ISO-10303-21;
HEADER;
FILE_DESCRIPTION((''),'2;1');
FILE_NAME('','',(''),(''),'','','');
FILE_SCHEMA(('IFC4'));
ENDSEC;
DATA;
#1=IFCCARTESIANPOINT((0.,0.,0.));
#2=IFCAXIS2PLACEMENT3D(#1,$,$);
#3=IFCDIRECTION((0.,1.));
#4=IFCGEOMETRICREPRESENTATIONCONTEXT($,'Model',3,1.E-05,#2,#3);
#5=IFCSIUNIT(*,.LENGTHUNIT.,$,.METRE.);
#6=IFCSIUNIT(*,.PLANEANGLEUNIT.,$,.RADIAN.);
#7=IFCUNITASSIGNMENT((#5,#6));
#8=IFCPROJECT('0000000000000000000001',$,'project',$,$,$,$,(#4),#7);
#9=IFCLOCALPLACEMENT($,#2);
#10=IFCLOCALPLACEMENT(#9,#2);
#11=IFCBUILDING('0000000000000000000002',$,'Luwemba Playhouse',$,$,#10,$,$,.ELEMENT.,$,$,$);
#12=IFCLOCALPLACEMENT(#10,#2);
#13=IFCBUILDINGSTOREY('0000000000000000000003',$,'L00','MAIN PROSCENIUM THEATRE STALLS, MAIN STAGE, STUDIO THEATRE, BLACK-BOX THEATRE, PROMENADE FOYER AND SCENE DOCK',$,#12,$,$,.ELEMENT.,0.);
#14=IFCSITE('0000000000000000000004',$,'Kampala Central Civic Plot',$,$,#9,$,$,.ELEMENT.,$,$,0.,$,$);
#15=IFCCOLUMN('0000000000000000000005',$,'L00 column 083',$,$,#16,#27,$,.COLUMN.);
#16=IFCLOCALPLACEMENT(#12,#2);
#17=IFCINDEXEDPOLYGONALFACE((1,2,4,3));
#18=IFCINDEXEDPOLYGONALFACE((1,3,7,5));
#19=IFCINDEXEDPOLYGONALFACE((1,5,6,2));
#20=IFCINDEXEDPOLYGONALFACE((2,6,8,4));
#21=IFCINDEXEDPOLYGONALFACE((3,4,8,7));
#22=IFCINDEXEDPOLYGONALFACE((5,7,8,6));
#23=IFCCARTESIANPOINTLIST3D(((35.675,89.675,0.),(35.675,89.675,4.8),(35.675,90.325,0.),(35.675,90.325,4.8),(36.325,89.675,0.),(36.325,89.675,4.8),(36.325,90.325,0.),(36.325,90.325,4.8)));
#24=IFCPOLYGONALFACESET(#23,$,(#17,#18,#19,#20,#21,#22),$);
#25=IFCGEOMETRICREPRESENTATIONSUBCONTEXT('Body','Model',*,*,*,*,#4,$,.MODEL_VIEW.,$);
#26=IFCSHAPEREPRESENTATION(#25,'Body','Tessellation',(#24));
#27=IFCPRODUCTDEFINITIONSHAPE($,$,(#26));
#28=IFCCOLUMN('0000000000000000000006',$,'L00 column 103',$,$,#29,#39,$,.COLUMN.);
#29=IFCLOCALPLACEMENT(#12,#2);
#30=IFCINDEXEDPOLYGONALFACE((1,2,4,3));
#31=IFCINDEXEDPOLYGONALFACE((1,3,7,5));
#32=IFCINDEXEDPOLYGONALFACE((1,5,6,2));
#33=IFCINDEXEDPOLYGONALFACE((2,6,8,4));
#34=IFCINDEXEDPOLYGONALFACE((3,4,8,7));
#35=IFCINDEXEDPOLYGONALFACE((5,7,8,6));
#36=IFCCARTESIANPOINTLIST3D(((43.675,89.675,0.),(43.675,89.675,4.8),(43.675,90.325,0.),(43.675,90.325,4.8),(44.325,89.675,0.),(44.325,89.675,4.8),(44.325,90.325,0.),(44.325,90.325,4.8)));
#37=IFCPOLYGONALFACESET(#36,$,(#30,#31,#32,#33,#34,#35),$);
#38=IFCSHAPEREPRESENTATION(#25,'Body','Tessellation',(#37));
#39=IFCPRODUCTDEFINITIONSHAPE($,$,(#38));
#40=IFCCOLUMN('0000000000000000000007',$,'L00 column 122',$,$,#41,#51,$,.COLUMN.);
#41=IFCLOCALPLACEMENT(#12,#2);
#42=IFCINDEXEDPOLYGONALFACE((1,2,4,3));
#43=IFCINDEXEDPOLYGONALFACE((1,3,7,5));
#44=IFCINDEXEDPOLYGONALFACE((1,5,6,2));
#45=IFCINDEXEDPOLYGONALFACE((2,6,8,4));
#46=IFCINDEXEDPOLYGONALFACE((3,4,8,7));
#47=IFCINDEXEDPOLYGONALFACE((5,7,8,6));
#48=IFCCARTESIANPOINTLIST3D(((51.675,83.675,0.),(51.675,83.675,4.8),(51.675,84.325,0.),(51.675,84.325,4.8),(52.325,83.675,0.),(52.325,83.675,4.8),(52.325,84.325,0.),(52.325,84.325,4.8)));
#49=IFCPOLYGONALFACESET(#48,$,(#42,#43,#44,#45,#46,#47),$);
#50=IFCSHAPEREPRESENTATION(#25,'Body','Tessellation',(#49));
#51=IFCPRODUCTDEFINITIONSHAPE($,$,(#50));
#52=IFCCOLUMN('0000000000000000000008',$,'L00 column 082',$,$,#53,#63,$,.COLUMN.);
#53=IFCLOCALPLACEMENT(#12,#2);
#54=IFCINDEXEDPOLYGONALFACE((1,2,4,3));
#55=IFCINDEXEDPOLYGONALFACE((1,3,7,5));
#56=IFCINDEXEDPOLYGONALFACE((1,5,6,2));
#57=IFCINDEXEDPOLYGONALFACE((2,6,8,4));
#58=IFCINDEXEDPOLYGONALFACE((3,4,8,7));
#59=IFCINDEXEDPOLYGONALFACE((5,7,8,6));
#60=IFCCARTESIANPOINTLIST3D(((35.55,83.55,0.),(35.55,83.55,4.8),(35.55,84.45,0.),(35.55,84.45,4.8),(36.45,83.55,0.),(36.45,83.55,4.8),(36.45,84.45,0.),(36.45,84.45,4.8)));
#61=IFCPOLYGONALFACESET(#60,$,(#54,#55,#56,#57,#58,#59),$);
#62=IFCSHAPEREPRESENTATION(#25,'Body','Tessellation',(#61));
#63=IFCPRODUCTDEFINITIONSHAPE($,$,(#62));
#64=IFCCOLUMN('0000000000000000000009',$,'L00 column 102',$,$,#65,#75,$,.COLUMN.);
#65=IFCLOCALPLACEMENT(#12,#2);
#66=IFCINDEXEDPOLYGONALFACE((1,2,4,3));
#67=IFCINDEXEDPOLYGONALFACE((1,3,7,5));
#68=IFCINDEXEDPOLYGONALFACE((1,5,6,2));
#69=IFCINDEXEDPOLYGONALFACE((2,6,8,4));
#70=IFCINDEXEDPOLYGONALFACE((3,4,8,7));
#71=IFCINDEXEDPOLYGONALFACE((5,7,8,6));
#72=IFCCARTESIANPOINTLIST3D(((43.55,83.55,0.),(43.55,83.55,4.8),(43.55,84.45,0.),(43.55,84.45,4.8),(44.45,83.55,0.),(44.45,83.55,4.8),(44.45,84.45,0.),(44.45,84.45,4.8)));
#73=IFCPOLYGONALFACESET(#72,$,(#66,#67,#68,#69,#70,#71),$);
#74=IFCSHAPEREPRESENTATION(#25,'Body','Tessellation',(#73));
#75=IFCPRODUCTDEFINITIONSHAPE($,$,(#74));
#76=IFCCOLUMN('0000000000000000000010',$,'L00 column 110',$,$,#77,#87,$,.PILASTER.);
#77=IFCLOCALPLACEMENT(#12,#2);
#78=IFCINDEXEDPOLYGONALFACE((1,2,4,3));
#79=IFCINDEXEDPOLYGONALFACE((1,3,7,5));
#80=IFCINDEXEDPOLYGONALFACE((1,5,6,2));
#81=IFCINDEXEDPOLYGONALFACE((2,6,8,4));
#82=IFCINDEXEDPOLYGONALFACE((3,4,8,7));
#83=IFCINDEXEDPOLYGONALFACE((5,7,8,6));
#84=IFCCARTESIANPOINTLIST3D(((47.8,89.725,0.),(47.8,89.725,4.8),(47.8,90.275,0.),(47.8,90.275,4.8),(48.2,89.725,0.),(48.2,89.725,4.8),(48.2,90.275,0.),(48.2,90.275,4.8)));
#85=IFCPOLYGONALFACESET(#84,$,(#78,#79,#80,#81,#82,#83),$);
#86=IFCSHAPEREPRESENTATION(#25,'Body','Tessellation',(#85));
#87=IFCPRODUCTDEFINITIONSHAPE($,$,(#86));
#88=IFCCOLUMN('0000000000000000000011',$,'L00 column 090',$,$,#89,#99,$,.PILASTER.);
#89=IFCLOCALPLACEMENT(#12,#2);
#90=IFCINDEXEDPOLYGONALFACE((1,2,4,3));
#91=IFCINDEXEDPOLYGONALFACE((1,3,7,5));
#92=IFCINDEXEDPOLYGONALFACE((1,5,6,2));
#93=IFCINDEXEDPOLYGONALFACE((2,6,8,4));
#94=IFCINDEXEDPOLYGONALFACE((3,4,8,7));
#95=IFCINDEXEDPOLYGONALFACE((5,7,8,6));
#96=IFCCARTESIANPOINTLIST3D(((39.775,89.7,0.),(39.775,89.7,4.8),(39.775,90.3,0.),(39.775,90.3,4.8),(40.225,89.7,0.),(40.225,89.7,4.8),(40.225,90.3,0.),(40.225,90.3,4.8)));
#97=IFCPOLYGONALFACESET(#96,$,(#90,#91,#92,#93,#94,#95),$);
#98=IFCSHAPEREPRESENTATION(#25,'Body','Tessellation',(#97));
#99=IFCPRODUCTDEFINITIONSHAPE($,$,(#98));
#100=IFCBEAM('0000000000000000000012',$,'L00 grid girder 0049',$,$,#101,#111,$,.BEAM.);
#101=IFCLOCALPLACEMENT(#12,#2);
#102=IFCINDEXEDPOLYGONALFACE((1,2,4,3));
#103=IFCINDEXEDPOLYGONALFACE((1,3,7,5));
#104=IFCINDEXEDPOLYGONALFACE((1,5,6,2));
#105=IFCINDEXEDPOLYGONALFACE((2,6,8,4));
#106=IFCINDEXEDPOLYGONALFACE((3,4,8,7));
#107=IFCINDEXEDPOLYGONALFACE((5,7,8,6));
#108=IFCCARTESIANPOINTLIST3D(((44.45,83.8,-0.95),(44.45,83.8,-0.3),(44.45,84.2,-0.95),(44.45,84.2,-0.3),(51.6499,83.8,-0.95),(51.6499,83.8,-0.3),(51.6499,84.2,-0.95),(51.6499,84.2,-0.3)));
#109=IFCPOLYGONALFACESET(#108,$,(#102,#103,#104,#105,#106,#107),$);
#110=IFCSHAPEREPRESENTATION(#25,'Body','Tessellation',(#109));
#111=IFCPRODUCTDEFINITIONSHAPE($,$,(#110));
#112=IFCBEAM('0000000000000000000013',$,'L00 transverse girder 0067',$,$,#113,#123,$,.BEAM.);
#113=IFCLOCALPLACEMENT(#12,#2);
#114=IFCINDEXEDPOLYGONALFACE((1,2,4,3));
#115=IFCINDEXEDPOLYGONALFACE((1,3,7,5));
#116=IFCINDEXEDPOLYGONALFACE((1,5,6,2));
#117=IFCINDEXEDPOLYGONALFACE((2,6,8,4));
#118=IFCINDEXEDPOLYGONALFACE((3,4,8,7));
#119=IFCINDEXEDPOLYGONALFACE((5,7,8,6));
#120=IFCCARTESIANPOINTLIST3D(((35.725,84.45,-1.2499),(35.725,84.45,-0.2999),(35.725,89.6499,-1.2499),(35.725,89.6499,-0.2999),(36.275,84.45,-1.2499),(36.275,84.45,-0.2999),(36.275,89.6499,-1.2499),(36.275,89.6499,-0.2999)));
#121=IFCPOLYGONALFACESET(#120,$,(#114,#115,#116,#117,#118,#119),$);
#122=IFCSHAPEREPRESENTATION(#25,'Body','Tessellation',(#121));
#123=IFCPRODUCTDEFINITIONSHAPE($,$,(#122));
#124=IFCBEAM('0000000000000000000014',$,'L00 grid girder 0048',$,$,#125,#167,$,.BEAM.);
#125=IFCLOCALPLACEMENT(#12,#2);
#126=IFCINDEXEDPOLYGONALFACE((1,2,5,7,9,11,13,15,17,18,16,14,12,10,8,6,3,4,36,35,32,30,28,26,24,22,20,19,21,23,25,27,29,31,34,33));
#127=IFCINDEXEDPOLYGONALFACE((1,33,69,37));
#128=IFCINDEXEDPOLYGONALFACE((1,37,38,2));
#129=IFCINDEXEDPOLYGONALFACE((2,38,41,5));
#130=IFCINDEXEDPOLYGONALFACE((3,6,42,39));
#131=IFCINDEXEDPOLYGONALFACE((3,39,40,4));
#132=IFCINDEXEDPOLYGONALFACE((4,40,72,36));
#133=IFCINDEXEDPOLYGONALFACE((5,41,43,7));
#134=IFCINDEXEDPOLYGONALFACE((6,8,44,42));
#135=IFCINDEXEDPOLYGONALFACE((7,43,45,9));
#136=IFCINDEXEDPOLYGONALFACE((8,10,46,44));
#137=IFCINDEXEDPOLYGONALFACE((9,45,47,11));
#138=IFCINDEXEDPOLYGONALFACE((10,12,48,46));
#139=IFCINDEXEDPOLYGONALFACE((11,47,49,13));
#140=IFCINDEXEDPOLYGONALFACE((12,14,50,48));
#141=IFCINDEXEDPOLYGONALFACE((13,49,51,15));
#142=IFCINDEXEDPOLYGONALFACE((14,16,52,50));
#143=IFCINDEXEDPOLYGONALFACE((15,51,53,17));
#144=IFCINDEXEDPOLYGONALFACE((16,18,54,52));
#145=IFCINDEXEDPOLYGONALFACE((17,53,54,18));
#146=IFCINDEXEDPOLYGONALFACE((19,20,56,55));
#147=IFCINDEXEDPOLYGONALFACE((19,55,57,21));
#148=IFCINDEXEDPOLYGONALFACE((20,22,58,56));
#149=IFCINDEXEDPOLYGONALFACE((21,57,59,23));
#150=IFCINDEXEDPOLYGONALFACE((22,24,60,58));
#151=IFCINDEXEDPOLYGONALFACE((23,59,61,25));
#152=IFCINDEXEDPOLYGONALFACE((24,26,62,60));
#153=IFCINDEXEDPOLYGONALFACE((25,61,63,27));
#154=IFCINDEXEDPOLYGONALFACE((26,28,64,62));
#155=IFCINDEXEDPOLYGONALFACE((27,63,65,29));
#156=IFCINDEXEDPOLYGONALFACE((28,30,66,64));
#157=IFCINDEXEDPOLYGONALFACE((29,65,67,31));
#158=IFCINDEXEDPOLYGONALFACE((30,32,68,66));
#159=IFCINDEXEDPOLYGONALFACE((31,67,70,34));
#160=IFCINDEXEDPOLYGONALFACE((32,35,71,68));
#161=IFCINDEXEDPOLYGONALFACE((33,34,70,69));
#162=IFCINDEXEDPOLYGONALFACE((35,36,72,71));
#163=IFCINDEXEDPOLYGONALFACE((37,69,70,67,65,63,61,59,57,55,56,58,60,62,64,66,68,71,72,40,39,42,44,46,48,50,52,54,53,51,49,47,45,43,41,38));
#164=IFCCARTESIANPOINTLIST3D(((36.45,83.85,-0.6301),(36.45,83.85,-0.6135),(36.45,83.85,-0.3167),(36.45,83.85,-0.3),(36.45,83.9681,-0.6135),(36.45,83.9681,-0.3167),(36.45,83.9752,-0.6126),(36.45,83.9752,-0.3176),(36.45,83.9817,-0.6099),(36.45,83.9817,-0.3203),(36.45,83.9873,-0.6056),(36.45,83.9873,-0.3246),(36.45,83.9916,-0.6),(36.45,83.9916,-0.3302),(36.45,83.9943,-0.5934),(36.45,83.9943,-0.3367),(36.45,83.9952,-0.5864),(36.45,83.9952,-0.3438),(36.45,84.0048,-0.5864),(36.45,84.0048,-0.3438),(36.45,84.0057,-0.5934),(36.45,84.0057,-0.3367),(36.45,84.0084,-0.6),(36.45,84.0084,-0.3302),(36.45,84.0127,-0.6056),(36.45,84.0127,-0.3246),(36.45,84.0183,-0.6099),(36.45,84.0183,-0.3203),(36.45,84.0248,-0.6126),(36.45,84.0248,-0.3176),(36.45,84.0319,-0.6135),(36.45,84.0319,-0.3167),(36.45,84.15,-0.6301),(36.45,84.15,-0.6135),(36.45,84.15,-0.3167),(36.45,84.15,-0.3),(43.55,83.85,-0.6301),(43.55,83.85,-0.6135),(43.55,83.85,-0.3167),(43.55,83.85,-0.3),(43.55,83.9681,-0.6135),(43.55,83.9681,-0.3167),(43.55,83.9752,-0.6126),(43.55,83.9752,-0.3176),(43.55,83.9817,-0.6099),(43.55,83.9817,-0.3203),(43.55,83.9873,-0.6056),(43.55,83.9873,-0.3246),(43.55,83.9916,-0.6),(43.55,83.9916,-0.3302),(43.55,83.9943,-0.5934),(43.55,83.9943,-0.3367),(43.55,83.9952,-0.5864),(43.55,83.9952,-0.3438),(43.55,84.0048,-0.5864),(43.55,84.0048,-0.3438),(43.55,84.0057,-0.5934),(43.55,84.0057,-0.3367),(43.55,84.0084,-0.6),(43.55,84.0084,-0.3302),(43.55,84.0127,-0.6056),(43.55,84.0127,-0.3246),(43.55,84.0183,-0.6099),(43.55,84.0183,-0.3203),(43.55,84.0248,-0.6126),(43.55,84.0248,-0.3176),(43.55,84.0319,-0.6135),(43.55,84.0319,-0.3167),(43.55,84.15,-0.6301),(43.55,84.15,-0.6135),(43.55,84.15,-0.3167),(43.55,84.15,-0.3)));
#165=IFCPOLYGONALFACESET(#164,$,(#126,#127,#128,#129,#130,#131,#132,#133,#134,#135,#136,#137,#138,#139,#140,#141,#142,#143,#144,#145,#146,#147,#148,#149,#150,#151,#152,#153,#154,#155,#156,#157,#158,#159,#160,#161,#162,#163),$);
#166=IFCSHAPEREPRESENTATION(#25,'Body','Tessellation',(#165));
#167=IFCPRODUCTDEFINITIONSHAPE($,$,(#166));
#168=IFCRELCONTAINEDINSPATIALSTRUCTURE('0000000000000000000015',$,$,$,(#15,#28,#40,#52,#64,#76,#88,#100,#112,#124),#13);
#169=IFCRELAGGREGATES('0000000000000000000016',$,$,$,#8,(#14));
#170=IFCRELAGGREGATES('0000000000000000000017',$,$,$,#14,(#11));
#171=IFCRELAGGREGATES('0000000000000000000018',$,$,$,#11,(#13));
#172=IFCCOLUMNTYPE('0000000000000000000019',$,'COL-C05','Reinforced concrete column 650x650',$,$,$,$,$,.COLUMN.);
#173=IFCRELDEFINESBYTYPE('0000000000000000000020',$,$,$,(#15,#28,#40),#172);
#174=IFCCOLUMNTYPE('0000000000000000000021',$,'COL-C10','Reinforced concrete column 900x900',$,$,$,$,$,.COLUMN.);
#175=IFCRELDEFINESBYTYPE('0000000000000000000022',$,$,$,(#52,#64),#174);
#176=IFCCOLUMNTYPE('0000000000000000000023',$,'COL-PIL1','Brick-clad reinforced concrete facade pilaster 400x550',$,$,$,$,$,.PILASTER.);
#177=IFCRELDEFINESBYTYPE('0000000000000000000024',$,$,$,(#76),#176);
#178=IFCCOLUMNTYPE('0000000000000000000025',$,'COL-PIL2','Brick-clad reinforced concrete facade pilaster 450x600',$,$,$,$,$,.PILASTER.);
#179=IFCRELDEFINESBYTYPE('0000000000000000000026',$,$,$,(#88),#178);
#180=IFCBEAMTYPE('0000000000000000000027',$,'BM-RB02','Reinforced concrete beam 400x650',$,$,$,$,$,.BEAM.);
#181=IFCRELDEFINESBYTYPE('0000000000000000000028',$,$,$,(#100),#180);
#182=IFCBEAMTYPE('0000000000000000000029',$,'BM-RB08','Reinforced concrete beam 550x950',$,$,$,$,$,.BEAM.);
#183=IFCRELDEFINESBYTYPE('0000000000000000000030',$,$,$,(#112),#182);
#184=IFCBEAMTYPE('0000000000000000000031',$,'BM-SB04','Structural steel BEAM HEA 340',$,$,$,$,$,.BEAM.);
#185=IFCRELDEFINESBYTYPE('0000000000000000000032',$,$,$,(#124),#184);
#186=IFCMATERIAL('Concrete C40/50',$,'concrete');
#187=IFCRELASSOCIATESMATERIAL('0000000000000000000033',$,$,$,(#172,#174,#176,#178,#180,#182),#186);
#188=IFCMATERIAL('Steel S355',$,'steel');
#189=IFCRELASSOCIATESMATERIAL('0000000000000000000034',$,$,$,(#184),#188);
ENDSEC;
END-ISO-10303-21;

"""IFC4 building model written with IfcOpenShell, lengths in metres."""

from ifc_helpers import new_model, si_unit, direction, frame, origin, origin_2d, place, context, subcontext, project, spatial, rectangle, i_section, extrude, material, material_profile, profile_set, type_object, element, save


model = new_model("IFC4")

# Units and contexts
model_context = context("Model", 3, precision=1e-05, world=origin(), true_north=direction((0.0, 1.0)))
body_context = subcontext(model_context, "Body", "Model", "MODEL_VIEW")
ifc_project = project(units=[si_unit("LENGTHUNIT", "METRE"), si_unit("PLANEANGLEUNIT", "RADIAN")], contexts=[model_context])

# Site, building, storey
site_placement = place(None, origin())
site = spatial("IfcSite", under=ifc_project, at=site_placement, Name="Kampala Central Civic Plot", CompositionType="ELEMENT", RefElevation=0.0)
building_placement = place(site_placement, origin())
building = spatial("IfcBuilding", under=site, at=building_placement, Name="Luwemba Playhouse", CompositionType="ELEMENT")
storey_placement = place(building_placement, origin())
storey = spatial("IfcBuildingStorey", under=building, at=storey_placement, Name="L00", Description="MAIN PROSCENIUM THEATRE STALLS, MAIN STAGE, STUDIO THEATRE, BLACK-BOX THEATRE, PROMENADE FOYER AND SCENE DOCK", CompositionType="ELEMENT", Elevation=0.0)

# Columns
ifc_material_1 = material(Name="Concrete C40/50", Category="concrete")
ifc_material_profile_1 = material_profile(ifc_material_1, rectangle(XDim=0.6499, YDim=0.6499, at=origin_2d()))
ifc_profile_set_1 = profile_set([ifc_material_profile_1], Name="Concrete C40/50")
column_type_1 = type_object("IfcColumnType", Name="COL-C05", Description="Reinforced concrete column 650x650", PredefinedType="COLUMN", material=ifc_profile_set_1)
for number, where, z_axis, x_axis, name in (
    (1, (36.0, 90.0, 0.0), (0.0, 0.0, 1.0), (1.0, 0.0, 0.0), "L00 column 083"),
    (2, (44.0, 90.0, 0.0), (0.0, 0.0, 1.0), (1.0, 0.0, 0.0), "L00 column 103"),
    (3, (52.0, 84.0, 0.0), (0.0, 0.0, 1.0), (1.0, 0.0, 0.0), "L00 column 122"),
):
    element("IfcColumn", number, at=place(storey_placement, frame(where, z_axis=z_axis, x_axis=x_axis)), inside=storey, type_object=column_type_1, Name=name, PredefinedType="COLUMN", context=body_context, shape_type="SweptSolid", body=[
        extrude(rectangle(XDim=0.6499, YDim=0.6499, at=origin_2d()), origin(), (0.0, 0.0, 1.0), 4.8),
    ])
ifc_material_profile_2 = material_profile(ifc_material_1, rectangle(XDim=0.8999, YDim=0.8999, at=origin_2d()))
ifc_profile_set_2 = profile_set([ifc_material_profile_2], Name="Concrete C40/50")
column_type_2 = type_object("IfcColumnType", Name="COL-C10", Description="Reinforced concrete column 900x900", PredefinedType="COLUMN", material=ifc_profile_set_2)
for number, where, z_axis, x_axis, name in (
    (4, (36.0, 84.0, 0.0), (0.0, 0.0, 1.0), (1.0, 0.0, 0.0), "L00 column 082"),
    (5, (44.0, 84.0, 0.0), (0.0, 0.0, 1.0), (1.0, 0.0, 0.0), "L00 column 102"),
):
    element("IfcColumn", number, at=place(storey_placement, frame(where, z_axis=z_axis, x_axis=x_axis)), inside=storey, type_object=column_type_2, Name=name, PredefinedType="COLUMN", context=body_context, shape_type="SweptSolid", body=[
        extrude(rectangle(XDim=0.8999, YDim=0.8999, at=origin_2d()), origin(), (0.0, 0.0, 1.0), 4.8),
    ])
ifc_material_profile_3 = material_profile(ifc_material_1, rectangle(XDim=0.3999, YDim=0.55, at=origin_2d()))
ifc_profile_set_3 = profile_set([ifc_material_profile_3], Name="Concrete C40/50")
column_type_3 = type_object("IfcColumnType", Name="COL-PIL1", Description="Brick-clad reinforced concrete facade pilaster 400x550", PredefinedType="PILASTER", material=ifc_profile_set_3)
column_1_placement = place(storey_placement, frame((48.0, 90.0, 0.0), z_axis=(0.0, 0.0, 1.0), x_axis=(1.0, 0.0, 0.0)))
element("IfcColumn", 6, at=column_1_placement, inside=storey, type_object=column_type_3, Name="L00 column 110", PredefinedType="PILASTER", context=body_context, shape_type="SweptSolid", body=[
    extrude(rectangle(XDim=0.3999, YDim=0.55, at=origin_2d()), origin(), (0.0, 0.0, 1.0), 4.8),
])
ifc_material_profile_4 = material_profile(ifc_material_1, rectangle(XDim=0.45, YDim=0.6001, at=origin_2d()))
ifc_profile_set_4 = profile_set([ifc_material_profile_4], Name="Concrete C40/50")
column_type_4 = type_object("IfcColumnType", Name="COL-PIL2", Description="Brick-clad reinforced concrete facade pilaster 450x600", PredefinedType="PILASTER", material=ifc_profile_set_4)
column_2_placement = place(storey_placement, frame((40.0, 90.0, 0.0), z_axis=(0.0, 0.0, 1.0), x_axis=(1.0, 0.0, 0.0)))
element("IfcColumn", 7, at=column_2_placement, inside=storey, type_object=column_type_4, Name="L00 column 090", PredefinedType="PILASTER", context=body_context, shape_type="SweptSolid", body=[
    extrude(rectangle(XDim=0.45, YDim=0.6001, at=origin_2d()), origin(), (0.0, 0.0, 1.0), 4.8),
])

# Beams
ifc_material_profile_5 = material_profile(ifc_material_1, rectangle(XDim=0.3999, YDim=0.6499, at=origin_2d()))
ifc_profile_set_5 = profile_set([ifc_material_profile_5], Name="Concrete C40/50")
beam_type_1 = type_object("IfcBeamType", Name="BM-RB02", Description="Reinforced concrete beam 400x650", PredefinedType="BEAM", material=ifc_profile_set_5)
beam_1_placement = place(storey_placement, frame((44.45, 84.0, -0.625), z_axis=(1.0, 0.0, 0.0), x_axis=(0.0, 1.0, 0.0)))
element("IfcBeam", 8, at=beam_1_placement, inside=storey, type_object=beam_type_1, Name="L00 grid girder 0049", PredefinedType="BEAM", context=body_context, shape_type="SweptSolid", body=[
    extrude(rectangle(XDim=0.3999, YDim=0.6499, at=origin_2d()), origin(), (0.0, 0.0, 1.0), 7.2),
])
ifc_material_profile_6 = material_profile(ifc_material_1, rectangle(XDim=0.55, YDim=0.95, at=origin_2d()))
ifc_profile_set_6 = profile_set([ifc_material_profile_6], Name="Concrete C40/50")
beam_type_2 = type_object("IfcBeamType", Name="BM-RB08", Description="Reinforced concrete beam 550x950", PredefinedType="BEAM", material=ifc_profile_set_6)
beam_2_placement = place(storey_placement, frame((36.0, 84.45, -0.7749), z_axis=(0.0, 1.0, 0.0), x_axis=(-1.0, 0.0, 0.0)))
element("IfcBeam", 9, at=beam_2_placement, inside=storey, type_object=beam_type_2, Name="L00 transverse girder 0067", PredefinedType="BEAM", context=body_context, shape_type="SweptSolid", body=[
    extrude(rectangle(XDim=0.55, YDim=0.95, at=origin_2d()), origin(), (0.0, 0.0, 1.0), 5.2),
])
ifc_material_2 = material(Name="Steel S355", Category="steel")
ifc_material_profile_7 = material_profile(ifc_material_2, i_section(OverallWidth=0.3, OverallDepth=0.3301, WebThickness=0.0095, FlangeThickness=0.0166, FilletRadius=0.0271, at=origin_2d()))
ifc_profile_set_7 = profile_set([ifc_material_profile_7], Name="Steel S355")
beam_type_3 = type_object("IfcBeamType", Name="BM-SB04", Description="Structural steel BEAM HEA 340", PredefinedType="BEAM", material=ifc_profile_set_7)
beam_3_placement = place(storey_placement, frame((36.45, 84.0, -0.4651), z_axis=(1.0, 0.0, 0.0), x_axis=(0.0, 1.0, 0.0)))
element("IfcBeam", 10, at=beam_3_placement, inside=storey, type_object=beam_type_3, Name="L00 grid girder 0048", PredefinedType="BEAM", context=body_context, shape_type="SweptSolid", body=[
    extrude(i_section(OverallWidth=0.3, OverallDepth=0.3301, WebThickness=0.0095, FlangeThickness=0.0166, FilletRadius=0.0271, at=origin_2d()), origin(), (0.0, 0.0, 1.0), 7.1001),
])

save(model, "model.ifc")
